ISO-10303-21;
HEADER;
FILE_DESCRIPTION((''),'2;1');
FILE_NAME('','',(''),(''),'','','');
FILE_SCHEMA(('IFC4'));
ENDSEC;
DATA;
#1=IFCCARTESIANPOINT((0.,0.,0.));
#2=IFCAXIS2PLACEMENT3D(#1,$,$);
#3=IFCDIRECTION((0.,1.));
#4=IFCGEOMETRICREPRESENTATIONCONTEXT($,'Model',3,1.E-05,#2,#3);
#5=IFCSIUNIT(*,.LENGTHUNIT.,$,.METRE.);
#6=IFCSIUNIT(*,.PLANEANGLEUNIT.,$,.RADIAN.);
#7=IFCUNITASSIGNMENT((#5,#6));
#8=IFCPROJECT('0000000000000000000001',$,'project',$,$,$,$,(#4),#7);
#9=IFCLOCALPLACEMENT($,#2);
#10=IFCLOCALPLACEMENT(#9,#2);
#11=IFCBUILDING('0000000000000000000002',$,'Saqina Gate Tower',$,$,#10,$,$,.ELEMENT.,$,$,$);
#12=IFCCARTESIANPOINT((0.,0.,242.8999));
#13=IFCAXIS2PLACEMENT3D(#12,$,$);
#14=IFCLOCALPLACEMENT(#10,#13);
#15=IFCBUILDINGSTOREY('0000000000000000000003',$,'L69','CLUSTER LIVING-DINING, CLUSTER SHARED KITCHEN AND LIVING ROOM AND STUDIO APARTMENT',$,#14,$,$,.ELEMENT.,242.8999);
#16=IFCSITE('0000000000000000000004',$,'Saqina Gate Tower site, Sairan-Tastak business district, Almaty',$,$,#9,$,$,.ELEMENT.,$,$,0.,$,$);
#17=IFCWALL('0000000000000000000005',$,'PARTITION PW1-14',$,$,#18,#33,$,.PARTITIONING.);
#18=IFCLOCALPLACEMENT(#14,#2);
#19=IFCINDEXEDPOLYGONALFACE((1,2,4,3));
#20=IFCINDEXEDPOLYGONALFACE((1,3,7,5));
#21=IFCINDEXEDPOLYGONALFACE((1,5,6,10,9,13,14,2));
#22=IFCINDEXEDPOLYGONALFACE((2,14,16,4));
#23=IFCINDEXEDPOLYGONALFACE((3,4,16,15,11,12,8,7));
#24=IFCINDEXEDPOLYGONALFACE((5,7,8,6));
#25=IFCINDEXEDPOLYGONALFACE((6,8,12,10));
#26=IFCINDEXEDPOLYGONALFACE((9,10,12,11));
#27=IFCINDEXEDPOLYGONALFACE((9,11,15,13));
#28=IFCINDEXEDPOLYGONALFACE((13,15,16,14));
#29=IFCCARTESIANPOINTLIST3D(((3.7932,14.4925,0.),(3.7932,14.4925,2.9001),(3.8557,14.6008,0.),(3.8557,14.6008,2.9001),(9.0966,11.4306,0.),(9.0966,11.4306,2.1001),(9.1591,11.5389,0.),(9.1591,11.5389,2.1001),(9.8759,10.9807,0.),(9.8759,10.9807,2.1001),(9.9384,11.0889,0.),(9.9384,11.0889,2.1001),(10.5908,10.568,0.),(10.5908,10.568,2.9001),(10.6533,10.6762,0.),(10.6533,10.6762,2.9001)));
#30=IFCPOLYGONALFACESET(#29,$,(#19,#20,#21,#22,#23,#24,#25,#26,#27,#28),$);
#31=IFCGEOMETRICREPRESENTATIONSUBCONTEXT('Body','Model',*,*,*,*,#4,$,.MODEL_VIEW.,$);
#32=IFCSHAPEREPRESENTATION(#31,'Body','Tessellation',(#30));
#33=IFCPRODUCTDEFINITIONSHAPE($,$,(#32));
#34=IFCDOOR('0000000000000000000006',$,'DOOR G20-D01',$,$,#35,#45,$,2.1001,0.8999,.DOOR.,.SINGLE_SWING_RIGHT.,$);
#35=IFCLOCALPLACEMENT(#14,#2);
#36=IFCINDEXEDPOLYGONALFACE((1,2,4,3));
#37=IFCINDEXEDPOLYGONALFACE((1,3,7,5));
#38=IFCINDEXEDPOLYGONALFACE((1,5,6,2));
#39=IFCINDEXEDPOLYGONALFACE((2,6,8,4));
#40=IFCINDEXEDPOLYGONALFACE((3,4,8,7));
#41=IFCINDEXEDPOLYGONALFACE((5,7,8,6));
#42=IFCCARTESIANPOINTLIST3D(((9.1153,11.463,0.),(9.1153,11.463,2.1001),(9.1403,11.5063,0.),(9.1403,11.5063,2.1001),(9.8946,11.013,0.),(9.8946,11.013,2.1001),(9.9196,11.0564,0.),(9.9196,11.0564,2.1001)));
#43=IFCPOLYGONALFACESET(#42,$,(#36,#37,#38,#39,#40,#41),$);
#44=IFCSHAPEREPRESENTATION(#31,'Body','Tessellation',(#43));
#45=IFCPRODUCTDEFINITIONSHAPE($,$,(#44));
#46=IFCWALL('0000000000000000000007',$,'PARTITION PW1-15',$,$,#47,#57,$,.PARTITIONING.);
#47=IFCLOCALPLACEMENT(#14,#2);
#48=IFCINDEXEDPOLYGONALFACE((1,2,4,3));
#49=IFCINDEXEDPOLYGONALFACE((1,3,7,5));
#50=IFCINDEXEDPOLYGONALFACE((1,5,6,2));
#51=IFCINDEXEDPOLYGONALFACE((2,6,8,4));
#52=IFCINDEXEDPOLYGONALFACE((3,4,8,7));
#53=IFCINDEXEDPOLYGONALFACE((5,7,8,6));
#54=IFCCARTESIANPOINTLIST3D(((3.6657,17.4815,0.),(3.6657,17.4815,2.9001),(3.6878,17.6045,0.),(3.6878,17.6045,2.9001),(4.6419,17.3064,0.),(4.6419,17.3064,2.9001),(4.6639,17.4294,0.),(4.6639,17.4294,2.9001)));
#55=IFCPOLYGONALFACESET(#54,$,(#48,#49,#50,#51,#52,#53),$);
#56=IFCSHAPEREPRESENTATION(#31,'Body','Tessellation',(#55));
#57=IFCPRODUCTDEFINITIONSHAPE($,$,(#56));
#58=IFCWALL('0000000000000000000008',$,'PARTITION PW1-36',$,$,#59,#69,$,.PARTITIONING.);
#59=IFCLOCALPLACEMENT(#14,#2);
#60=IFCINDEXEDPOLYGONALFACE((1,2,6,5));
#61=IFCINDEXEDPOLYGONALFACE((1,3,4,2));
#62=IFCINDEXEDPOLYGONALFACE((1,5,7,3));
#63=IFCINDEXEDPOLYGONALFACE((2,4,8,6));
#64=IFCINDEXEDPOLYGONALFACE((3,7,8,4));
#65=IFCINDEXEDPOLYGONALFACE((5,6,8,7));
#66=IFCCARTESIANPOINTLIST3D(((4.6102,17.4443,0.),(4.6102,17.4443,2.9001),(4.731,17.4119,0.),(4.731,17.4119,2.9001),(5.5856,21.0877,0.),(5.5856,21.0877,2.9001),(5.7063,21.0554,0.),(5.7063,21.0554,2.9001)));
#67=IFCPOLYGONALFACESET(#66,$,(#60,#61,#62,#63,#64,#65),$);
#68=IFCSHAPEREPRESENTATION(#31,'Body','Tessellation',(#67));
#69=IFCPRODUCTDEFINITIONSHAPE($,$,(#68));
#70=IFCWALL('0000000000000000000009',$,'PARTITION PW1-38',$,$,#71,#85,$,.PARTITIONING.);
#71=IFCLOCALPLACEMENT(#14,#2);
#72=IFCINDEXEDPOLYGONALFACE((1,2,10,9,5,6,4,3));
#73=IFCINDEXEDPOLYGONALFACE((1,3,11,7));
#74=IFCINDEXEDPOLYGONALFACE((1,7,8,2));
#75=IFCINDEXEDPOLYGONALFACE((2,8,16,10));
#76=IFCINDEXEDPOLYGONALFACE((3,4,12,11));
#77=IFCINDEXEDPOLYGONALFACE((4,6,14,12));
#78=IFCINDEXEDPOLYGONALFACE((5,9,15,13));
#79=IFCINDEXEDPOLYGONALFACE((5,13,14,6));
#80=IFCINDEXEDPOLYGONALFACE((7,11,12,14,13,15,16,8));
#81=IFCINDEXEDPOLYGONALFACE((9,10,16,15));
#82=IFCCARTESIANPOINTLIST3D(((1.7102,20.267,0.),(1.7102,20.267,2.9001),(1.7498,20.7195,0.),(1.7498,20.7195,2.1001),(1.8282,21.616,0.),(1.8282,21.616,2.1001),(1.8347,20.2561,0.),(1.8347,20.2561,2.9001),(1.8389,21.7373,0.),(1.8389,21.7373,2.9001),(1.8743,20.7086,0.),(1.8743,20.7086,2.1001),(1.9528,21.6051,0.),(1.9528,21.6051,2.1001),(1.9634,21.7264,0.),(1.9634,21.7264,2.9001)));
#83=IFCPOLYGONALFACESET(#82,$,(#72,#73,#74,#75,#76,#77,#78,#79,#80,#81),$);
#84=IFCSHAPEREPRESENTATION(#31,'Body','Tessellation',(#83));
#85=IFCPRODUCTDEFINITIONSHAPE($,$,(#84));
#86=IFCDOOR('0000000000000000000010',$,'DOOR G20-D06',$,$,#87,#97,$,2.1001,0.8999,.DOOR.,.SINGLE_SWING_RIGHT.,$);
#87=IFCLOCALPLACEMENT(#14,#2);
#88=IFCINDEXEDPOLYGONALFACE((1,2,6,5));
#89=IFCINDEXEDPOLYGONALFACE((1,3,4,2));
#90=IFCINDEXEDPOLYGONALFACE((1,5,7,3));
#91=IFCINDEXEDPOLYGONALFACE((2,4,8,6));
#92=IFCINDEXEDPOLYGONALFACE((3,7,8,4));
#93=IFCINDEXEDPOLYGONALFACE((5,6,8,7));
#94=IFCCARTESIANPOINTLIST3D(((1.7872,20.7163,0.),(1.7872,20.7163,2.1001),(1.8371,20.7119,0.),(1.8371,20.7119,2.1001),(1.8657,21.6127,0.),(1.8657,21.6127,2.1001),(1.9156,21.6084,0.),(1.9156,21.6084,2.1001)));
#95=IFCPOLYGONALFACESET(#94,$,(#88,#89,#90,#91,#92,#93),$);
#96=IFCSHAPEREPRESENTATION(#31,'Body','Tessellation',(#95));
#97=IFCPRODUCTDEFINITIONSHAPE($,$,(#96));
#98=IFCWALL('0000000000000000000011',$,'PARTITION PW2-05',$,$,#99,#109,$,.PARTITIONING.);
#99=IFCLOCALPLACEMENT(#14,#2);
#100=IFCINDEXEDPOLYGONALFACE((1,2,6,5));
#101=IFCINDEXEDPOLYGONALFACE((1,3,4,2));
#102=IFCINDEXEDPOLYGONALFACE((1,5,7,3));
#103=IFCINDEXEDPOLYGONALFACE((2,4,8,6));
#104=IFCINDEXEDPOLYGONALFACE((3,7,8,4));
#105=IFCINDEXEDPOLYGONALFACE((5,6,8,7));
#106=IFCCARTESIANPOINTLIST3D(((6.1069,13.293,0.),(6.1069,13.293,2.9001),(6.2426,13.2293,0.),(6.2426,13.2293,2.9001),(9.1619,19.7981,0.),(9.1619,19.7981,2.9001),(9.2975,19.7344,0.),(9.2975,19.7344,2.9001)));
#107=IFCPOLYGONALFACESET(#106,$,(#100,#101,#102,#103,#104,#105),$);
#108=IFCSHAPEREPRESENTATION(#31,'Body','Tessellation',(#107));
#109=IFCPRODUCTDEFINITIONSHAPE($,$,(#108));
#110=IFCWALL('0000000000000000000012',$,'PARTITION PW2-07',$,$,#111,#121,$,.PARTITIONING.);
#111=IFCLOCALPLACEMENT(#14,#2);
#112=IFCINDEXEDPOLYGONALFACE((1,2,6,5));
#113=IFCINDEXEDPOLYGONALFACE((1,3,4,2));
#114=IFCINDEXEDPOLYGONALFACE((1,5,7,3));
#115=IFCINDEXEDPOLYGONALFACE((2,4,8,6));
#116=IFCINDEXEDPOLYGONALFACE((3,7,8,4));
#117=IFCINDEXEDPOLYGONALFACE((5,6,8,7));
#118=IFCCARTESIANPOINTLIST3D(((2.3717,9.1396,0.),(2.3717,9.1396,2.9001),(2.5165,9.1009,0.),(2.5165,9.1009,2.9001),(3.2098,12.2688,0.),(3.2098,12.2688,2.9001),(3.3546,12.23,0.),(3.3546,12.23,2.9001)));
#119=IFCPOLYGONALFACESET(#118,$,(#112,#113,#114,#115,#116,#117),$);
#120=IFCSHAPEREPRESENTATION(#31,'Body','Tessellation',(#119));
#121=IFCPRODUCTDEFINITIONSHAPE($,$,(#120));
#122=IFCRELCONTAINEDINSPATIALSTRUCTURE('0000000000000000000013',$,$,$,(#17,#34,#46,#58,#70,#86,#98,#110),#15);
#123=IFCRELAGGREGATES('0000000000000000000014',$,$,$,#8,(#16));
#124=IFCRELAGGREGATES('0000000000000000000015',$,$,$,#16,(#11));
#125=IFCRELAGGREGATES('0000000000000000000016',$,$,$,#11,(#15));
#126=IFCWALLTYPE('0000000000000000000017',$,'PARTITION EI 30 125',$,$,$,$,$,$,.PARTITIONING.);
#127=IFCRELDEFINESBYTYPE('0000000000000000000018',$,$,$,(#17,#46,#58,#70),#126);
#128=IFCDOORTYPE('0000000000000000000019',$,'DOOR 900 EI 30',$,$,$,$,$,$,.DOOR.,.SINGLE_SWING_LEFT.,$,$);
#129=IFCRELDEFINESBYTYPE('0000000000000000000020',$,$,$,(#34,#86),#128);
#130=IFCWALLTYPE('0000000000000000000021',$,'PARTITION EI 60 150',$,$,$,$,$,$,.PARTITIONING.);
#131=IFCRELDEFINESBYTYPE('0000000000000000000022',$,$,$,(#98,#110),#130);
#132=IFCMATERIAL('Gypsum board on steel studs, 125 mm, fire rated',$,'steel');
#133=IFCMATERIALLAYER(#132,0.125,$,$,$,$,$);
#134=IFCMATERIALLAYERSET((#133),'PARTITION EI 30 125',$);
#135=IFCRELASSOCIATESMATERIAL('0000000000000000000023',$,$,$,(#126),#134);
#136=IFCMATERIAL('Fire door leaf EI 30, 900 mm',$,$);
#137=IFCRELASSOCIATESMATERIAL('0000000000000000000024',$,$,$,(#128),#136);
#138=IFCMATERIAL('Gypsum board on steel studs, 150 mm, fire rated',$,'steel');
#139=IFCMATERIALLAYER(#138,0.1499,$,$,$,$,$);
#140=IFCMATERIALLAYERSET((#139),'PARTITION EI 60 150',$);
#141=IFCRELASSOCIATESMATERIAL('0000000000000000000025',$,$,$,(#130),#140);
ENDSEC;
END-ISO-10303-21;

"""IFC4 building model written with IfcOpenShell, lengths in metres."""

from ifc_helpers import new_model, si_unit, direction, frame, frame_2d, origin, place, context, subcontext, project, spatial, rectangle, extrude, material, layer, layer_set, type_object, element, fill, save


model = new_model("IFC4")

# Units and contexts
model_context = context("Model", 3, precision=1e-05, world=origin(), true_north=direction((0.0, 1.0)))
body_context = subcontext(model_context, "Body", "Model", "MODEL_VIEW")
ifc_project = project(units=[si_unit("LENGTHUNIT", "METRE"), si_unit("PLANEANGLEUNIT", "RADIAN")], contexts=[model_context])

# Site, building, storey
site_placement = place(None, origin())
site = spatial("IfcSite", under=ifc_project, at=site_placement, Name="Saqina Gate Tower site, Sairan-Tastak business district, Almaty", CompositionType="ELEMENT", RefElevation=0.0)
building_placement = place(site_placement, origin())
building = spatial("IfcBuilding", under=site, at=building_placement, Name="Saqina Gate Tower", CompositionType="ELEMENT")
storey_placement = place(building_placement, frame((0.0, 0.0, 242.8999)))
storey = spatial("IfcBuildingStorey", under=building, at=storey_placement, Name="L69", Description="CLUSTER LIVING-DINING, CLUSTER SHARED KITCHEN AND LIVING ROOM AND STUDIO APARTMENT", CompositionType="ELEMENT", Elevation=242.8999)

# Wall, opening, door
ifc_material_1 = material(Name="Gypsum board on steel studs, 125 mm, fire rated", Category="steel")
ifc_layer_1 = layer(ifc_material_1, 0.125)
ifc_layer_set_1 = layer_set([ifc_layer_1], Name="PARTITION EI 30 125")
wall_type_1 = type_object("IfcWallType", Name="PARTITION EI 30 125", PredefinedType="PARTITIONING", material=ifc_layer_set_1)
wall_1_placement = place(storey_placement, frame((3.8245, 14.5466, 0.0), z_axis=(0.0, 0.0, 1.0), x_axis=(0.866028, -0.499996, 0.0)))
wall_1 = element("IfcWall", 1, at=wall_1_placement, inside=storey, type_object=wall_type_1, Name="PARTITION PW1-14", PredefinedType="PARTITIONING", context=body_context, shape_type="SweptSolid", body=[
    extrude(rectangle(XDim=7.8491, YDim=0.125, at=frame_2d((3.9246, 0.0))), origin(), (0.0, 0.0, 1.0), 2.9001),
])
opening_1_placement = place(wall_1_placement, frame((6.1238, 0.0, 0.0)))
opening_1 = element("IfcOpeningElement", 2, at=opening_1_placement, cuts=wall_1, PredefinedType="OPENING", context=body_context, shape_type="SweptSolid", body=[
    extrude(rectangle(XDim=0.8999, YDim=2.1001, at=frame_2d((0.45, 1.05))), frame((0.0, 0.0745, 0.0), z_axis=(0.0, -1.0, 0.0), x_axis=(1.0, 0.0, 0.0)), (0.0, 0.0, 1.0), 0.1489),
])
ifc_material_2 = material(Name="Fire door leaf EI 30, 900 mm")
door_type_1 = type_object("IfcDoorType", Name="DOOR 900 EI 30", OperationType="SINGLE_SWING_LEFT", PredefinedType="DOOR", material=ifc_material_2)
door_1_placement = place(opening_1_placement, origin())
door_1 = element("IfcDoor", 3, at=door_1_placement, inside=storey, type_object=door_type_1, Name="DOOR G20-D01", OperationType="SINGLE_SWING_RIGHT", OverallHeight=2.1001, OverallWidth=0.8999, PredefinedType="DOOR", context=body_context, shape_type="SweptSolid", body=[
    extrude(rectangle(XDim=0.8999, YDim=2.1001, at=frame_2d((0.45, 1.05))), frame((0.0, 0.0249, 0.0), z_axis=(0.0, -1.0, 0.0), x_axis=(1.0, 0.0, 0.0)), (0.0, 0.0, 1.0), 0.05),
])
fill(opening_1, door_1)

# Walls
wall_2_placement = place(storey_placement, frame((3.6768, 17.543, 0.0), z_axis=(0.0, 0.0, 1.0), x_axis=(0.984296, -0.176523, 0.0)))
element("IfcWall", 4, at=wall_2_placement, inside=storey, type_object=wall_type_1, Name="PARTITION PW1-15", PredefinedType="PARTITIONING", context=body_context, shape_type="SweptSolid", body=[
    extrude(rectangle(XDim=0.9917, YDim=0.125, at=frame_2d((0.4958, 0.0))), origin(), (0.0, 0.0, 1.0), 2.9001),
])
wall_3_placement = place(storey_placement, frame((4.6707, 17.4282, 0.0), z_axis=(0.0, 0.0, 1.0), x_axis=(0.258585, 0.965988, 0.0)))
element("IfcWall", 5, at=wall_3_placement, inside=storey, type_object=wall_type_1, Name="PARTITION PW1-36", PredefinedType="PARTITIONING", context=body_context, shape_type="SweptSolid", body=[
    extrude(rectangle(XDim=3.7717, YDim=0.125, at=frame_2d((1.8857, 0.0))), origin(), (0.0, 0.0, 1.0), 2.9001),
])

# Wall, opening, door
wall_4_placement = place(storey_placement, frame((1.7725, 20.2617, 0.0), z_axis=(0.0, 0.0, 1.0), x_axis=(0.087179, 0.996193, 0.0)))
wall_4 = element("IfcWall", 6, at=wall_4_placement, inside=storey, type_object=wall_type_1, Name="PARTITION PW1-38", PredefinedType="PARTITIONING", context=body_context, shape_type="SweptSolid", body=[
    extrude(rectangle(XDim=1.4758, YDim=0.125, at=frame_2d((0.7378, 0.0))), origin(), (0.0, 0.0, 1.0), 2.9001),
])
opening_2_placement = place(wall_4_placement, frame((0.4541, 0.0, 0.0)))
opening_2 = element("IfcOpeningElement", 7, at=opening_2_placement, cuts=wall_4, PredefinedType="OPENING", context=body_context, shape_type="SweptSolid", body=[
    extrude(rectangle(XDim=0.8999, YDim=2.1001, at=frame_2d((0.45, 1.05))), frame((0.0, 0.0745, 0.0), z_axis=(0.0, -1.0, 0.0), x_axis=(1.0, 0.0, 0.0)), (0.0, 0.0, 1.0), 0.1489),
])
door_2_placement = place(opening_2_placement, origin())
door_2 = element("IfcDoor", 8, at=door_2_placement, inside=storey, type_object=door_type_1, Name="DOOR G20-D06", OperationType="SINGLE_SWING_RIGHT", OverallHeight=2.1001, OverallWidth=0.8999, PredefinedType="DOOR", context=body_context, shape_type="SweptSolid", body=[
    extrude(rectangle(XDim=0.8999, YDim=2.1001, at=frame_2d((0.45, 1.05))), frame((0.0, 0.0249, 0.0), z_axis=(0.0, -1.0, 0.0), x_axis=(1.0, 0.0, 0.0)), (0.0, 0.0, 1.0), 0.05),
])
fill(opening_2, door_2)

# Walls
ifc_material_3 = material(Name="Gypsum board on steel studs, 150 mm, fire rated", Category="steel")
ifc_layer_2 = layer(ifc_material_3, 0.1499)
ifc_layer_set_2 = layer_set([ifc_layer_2], Name="PARTITION EI 60 150")
wall_type_2 = type_object("IfcWallType", Name="PARTITION EI 60 150", PredefinedType="PARTITIONING", material=ifc_layer_set_2)
wall_5_placement = place(storey_placement, frame((6.1748, 13.2612, 0.0), z_axis=(0.0, 0.0, 1.0), x_axis=(0.425079, 0.905156, 0.0)))
element("IfcWall", 9, at=wall_5_placement, inside=storey, type_object=wall_type_2, Name="PARTITION PW2-05", PredefinedType="PARTITIONING", context=body_context, shape_type="SweptSolid", body=[
    extrude(rectangle(XDim=7.1868, YDim=0.1499, at=frame_2d((3.5933, 0.0))), origin(), (0.0, 0.0, 1.0), 2.9001),
])
wall_6_placement = place(storey_placement, frame((2.4441, 9.1204, 0.0), z_axis=(0.0, 0.0, 1.0), x_axis=(0.258727, 0.96595, 0.0)))
element("IfcWall", 10, at=wall_6_placement, inside=storey, type_object=wall_type_2, Name="PARTITION PW2-07", PredefinedType="PARTITIONING", context=body_context, shape_type="SweptSolid", body=[
    extrude(rectangle(XDim=3.2395, YDim=0.1499, at=frame_2d((1.6196, 0.0))), origin(), (0.0, 0.0, 1.0), 2.9001),
])

save(model, "model.ifc")
